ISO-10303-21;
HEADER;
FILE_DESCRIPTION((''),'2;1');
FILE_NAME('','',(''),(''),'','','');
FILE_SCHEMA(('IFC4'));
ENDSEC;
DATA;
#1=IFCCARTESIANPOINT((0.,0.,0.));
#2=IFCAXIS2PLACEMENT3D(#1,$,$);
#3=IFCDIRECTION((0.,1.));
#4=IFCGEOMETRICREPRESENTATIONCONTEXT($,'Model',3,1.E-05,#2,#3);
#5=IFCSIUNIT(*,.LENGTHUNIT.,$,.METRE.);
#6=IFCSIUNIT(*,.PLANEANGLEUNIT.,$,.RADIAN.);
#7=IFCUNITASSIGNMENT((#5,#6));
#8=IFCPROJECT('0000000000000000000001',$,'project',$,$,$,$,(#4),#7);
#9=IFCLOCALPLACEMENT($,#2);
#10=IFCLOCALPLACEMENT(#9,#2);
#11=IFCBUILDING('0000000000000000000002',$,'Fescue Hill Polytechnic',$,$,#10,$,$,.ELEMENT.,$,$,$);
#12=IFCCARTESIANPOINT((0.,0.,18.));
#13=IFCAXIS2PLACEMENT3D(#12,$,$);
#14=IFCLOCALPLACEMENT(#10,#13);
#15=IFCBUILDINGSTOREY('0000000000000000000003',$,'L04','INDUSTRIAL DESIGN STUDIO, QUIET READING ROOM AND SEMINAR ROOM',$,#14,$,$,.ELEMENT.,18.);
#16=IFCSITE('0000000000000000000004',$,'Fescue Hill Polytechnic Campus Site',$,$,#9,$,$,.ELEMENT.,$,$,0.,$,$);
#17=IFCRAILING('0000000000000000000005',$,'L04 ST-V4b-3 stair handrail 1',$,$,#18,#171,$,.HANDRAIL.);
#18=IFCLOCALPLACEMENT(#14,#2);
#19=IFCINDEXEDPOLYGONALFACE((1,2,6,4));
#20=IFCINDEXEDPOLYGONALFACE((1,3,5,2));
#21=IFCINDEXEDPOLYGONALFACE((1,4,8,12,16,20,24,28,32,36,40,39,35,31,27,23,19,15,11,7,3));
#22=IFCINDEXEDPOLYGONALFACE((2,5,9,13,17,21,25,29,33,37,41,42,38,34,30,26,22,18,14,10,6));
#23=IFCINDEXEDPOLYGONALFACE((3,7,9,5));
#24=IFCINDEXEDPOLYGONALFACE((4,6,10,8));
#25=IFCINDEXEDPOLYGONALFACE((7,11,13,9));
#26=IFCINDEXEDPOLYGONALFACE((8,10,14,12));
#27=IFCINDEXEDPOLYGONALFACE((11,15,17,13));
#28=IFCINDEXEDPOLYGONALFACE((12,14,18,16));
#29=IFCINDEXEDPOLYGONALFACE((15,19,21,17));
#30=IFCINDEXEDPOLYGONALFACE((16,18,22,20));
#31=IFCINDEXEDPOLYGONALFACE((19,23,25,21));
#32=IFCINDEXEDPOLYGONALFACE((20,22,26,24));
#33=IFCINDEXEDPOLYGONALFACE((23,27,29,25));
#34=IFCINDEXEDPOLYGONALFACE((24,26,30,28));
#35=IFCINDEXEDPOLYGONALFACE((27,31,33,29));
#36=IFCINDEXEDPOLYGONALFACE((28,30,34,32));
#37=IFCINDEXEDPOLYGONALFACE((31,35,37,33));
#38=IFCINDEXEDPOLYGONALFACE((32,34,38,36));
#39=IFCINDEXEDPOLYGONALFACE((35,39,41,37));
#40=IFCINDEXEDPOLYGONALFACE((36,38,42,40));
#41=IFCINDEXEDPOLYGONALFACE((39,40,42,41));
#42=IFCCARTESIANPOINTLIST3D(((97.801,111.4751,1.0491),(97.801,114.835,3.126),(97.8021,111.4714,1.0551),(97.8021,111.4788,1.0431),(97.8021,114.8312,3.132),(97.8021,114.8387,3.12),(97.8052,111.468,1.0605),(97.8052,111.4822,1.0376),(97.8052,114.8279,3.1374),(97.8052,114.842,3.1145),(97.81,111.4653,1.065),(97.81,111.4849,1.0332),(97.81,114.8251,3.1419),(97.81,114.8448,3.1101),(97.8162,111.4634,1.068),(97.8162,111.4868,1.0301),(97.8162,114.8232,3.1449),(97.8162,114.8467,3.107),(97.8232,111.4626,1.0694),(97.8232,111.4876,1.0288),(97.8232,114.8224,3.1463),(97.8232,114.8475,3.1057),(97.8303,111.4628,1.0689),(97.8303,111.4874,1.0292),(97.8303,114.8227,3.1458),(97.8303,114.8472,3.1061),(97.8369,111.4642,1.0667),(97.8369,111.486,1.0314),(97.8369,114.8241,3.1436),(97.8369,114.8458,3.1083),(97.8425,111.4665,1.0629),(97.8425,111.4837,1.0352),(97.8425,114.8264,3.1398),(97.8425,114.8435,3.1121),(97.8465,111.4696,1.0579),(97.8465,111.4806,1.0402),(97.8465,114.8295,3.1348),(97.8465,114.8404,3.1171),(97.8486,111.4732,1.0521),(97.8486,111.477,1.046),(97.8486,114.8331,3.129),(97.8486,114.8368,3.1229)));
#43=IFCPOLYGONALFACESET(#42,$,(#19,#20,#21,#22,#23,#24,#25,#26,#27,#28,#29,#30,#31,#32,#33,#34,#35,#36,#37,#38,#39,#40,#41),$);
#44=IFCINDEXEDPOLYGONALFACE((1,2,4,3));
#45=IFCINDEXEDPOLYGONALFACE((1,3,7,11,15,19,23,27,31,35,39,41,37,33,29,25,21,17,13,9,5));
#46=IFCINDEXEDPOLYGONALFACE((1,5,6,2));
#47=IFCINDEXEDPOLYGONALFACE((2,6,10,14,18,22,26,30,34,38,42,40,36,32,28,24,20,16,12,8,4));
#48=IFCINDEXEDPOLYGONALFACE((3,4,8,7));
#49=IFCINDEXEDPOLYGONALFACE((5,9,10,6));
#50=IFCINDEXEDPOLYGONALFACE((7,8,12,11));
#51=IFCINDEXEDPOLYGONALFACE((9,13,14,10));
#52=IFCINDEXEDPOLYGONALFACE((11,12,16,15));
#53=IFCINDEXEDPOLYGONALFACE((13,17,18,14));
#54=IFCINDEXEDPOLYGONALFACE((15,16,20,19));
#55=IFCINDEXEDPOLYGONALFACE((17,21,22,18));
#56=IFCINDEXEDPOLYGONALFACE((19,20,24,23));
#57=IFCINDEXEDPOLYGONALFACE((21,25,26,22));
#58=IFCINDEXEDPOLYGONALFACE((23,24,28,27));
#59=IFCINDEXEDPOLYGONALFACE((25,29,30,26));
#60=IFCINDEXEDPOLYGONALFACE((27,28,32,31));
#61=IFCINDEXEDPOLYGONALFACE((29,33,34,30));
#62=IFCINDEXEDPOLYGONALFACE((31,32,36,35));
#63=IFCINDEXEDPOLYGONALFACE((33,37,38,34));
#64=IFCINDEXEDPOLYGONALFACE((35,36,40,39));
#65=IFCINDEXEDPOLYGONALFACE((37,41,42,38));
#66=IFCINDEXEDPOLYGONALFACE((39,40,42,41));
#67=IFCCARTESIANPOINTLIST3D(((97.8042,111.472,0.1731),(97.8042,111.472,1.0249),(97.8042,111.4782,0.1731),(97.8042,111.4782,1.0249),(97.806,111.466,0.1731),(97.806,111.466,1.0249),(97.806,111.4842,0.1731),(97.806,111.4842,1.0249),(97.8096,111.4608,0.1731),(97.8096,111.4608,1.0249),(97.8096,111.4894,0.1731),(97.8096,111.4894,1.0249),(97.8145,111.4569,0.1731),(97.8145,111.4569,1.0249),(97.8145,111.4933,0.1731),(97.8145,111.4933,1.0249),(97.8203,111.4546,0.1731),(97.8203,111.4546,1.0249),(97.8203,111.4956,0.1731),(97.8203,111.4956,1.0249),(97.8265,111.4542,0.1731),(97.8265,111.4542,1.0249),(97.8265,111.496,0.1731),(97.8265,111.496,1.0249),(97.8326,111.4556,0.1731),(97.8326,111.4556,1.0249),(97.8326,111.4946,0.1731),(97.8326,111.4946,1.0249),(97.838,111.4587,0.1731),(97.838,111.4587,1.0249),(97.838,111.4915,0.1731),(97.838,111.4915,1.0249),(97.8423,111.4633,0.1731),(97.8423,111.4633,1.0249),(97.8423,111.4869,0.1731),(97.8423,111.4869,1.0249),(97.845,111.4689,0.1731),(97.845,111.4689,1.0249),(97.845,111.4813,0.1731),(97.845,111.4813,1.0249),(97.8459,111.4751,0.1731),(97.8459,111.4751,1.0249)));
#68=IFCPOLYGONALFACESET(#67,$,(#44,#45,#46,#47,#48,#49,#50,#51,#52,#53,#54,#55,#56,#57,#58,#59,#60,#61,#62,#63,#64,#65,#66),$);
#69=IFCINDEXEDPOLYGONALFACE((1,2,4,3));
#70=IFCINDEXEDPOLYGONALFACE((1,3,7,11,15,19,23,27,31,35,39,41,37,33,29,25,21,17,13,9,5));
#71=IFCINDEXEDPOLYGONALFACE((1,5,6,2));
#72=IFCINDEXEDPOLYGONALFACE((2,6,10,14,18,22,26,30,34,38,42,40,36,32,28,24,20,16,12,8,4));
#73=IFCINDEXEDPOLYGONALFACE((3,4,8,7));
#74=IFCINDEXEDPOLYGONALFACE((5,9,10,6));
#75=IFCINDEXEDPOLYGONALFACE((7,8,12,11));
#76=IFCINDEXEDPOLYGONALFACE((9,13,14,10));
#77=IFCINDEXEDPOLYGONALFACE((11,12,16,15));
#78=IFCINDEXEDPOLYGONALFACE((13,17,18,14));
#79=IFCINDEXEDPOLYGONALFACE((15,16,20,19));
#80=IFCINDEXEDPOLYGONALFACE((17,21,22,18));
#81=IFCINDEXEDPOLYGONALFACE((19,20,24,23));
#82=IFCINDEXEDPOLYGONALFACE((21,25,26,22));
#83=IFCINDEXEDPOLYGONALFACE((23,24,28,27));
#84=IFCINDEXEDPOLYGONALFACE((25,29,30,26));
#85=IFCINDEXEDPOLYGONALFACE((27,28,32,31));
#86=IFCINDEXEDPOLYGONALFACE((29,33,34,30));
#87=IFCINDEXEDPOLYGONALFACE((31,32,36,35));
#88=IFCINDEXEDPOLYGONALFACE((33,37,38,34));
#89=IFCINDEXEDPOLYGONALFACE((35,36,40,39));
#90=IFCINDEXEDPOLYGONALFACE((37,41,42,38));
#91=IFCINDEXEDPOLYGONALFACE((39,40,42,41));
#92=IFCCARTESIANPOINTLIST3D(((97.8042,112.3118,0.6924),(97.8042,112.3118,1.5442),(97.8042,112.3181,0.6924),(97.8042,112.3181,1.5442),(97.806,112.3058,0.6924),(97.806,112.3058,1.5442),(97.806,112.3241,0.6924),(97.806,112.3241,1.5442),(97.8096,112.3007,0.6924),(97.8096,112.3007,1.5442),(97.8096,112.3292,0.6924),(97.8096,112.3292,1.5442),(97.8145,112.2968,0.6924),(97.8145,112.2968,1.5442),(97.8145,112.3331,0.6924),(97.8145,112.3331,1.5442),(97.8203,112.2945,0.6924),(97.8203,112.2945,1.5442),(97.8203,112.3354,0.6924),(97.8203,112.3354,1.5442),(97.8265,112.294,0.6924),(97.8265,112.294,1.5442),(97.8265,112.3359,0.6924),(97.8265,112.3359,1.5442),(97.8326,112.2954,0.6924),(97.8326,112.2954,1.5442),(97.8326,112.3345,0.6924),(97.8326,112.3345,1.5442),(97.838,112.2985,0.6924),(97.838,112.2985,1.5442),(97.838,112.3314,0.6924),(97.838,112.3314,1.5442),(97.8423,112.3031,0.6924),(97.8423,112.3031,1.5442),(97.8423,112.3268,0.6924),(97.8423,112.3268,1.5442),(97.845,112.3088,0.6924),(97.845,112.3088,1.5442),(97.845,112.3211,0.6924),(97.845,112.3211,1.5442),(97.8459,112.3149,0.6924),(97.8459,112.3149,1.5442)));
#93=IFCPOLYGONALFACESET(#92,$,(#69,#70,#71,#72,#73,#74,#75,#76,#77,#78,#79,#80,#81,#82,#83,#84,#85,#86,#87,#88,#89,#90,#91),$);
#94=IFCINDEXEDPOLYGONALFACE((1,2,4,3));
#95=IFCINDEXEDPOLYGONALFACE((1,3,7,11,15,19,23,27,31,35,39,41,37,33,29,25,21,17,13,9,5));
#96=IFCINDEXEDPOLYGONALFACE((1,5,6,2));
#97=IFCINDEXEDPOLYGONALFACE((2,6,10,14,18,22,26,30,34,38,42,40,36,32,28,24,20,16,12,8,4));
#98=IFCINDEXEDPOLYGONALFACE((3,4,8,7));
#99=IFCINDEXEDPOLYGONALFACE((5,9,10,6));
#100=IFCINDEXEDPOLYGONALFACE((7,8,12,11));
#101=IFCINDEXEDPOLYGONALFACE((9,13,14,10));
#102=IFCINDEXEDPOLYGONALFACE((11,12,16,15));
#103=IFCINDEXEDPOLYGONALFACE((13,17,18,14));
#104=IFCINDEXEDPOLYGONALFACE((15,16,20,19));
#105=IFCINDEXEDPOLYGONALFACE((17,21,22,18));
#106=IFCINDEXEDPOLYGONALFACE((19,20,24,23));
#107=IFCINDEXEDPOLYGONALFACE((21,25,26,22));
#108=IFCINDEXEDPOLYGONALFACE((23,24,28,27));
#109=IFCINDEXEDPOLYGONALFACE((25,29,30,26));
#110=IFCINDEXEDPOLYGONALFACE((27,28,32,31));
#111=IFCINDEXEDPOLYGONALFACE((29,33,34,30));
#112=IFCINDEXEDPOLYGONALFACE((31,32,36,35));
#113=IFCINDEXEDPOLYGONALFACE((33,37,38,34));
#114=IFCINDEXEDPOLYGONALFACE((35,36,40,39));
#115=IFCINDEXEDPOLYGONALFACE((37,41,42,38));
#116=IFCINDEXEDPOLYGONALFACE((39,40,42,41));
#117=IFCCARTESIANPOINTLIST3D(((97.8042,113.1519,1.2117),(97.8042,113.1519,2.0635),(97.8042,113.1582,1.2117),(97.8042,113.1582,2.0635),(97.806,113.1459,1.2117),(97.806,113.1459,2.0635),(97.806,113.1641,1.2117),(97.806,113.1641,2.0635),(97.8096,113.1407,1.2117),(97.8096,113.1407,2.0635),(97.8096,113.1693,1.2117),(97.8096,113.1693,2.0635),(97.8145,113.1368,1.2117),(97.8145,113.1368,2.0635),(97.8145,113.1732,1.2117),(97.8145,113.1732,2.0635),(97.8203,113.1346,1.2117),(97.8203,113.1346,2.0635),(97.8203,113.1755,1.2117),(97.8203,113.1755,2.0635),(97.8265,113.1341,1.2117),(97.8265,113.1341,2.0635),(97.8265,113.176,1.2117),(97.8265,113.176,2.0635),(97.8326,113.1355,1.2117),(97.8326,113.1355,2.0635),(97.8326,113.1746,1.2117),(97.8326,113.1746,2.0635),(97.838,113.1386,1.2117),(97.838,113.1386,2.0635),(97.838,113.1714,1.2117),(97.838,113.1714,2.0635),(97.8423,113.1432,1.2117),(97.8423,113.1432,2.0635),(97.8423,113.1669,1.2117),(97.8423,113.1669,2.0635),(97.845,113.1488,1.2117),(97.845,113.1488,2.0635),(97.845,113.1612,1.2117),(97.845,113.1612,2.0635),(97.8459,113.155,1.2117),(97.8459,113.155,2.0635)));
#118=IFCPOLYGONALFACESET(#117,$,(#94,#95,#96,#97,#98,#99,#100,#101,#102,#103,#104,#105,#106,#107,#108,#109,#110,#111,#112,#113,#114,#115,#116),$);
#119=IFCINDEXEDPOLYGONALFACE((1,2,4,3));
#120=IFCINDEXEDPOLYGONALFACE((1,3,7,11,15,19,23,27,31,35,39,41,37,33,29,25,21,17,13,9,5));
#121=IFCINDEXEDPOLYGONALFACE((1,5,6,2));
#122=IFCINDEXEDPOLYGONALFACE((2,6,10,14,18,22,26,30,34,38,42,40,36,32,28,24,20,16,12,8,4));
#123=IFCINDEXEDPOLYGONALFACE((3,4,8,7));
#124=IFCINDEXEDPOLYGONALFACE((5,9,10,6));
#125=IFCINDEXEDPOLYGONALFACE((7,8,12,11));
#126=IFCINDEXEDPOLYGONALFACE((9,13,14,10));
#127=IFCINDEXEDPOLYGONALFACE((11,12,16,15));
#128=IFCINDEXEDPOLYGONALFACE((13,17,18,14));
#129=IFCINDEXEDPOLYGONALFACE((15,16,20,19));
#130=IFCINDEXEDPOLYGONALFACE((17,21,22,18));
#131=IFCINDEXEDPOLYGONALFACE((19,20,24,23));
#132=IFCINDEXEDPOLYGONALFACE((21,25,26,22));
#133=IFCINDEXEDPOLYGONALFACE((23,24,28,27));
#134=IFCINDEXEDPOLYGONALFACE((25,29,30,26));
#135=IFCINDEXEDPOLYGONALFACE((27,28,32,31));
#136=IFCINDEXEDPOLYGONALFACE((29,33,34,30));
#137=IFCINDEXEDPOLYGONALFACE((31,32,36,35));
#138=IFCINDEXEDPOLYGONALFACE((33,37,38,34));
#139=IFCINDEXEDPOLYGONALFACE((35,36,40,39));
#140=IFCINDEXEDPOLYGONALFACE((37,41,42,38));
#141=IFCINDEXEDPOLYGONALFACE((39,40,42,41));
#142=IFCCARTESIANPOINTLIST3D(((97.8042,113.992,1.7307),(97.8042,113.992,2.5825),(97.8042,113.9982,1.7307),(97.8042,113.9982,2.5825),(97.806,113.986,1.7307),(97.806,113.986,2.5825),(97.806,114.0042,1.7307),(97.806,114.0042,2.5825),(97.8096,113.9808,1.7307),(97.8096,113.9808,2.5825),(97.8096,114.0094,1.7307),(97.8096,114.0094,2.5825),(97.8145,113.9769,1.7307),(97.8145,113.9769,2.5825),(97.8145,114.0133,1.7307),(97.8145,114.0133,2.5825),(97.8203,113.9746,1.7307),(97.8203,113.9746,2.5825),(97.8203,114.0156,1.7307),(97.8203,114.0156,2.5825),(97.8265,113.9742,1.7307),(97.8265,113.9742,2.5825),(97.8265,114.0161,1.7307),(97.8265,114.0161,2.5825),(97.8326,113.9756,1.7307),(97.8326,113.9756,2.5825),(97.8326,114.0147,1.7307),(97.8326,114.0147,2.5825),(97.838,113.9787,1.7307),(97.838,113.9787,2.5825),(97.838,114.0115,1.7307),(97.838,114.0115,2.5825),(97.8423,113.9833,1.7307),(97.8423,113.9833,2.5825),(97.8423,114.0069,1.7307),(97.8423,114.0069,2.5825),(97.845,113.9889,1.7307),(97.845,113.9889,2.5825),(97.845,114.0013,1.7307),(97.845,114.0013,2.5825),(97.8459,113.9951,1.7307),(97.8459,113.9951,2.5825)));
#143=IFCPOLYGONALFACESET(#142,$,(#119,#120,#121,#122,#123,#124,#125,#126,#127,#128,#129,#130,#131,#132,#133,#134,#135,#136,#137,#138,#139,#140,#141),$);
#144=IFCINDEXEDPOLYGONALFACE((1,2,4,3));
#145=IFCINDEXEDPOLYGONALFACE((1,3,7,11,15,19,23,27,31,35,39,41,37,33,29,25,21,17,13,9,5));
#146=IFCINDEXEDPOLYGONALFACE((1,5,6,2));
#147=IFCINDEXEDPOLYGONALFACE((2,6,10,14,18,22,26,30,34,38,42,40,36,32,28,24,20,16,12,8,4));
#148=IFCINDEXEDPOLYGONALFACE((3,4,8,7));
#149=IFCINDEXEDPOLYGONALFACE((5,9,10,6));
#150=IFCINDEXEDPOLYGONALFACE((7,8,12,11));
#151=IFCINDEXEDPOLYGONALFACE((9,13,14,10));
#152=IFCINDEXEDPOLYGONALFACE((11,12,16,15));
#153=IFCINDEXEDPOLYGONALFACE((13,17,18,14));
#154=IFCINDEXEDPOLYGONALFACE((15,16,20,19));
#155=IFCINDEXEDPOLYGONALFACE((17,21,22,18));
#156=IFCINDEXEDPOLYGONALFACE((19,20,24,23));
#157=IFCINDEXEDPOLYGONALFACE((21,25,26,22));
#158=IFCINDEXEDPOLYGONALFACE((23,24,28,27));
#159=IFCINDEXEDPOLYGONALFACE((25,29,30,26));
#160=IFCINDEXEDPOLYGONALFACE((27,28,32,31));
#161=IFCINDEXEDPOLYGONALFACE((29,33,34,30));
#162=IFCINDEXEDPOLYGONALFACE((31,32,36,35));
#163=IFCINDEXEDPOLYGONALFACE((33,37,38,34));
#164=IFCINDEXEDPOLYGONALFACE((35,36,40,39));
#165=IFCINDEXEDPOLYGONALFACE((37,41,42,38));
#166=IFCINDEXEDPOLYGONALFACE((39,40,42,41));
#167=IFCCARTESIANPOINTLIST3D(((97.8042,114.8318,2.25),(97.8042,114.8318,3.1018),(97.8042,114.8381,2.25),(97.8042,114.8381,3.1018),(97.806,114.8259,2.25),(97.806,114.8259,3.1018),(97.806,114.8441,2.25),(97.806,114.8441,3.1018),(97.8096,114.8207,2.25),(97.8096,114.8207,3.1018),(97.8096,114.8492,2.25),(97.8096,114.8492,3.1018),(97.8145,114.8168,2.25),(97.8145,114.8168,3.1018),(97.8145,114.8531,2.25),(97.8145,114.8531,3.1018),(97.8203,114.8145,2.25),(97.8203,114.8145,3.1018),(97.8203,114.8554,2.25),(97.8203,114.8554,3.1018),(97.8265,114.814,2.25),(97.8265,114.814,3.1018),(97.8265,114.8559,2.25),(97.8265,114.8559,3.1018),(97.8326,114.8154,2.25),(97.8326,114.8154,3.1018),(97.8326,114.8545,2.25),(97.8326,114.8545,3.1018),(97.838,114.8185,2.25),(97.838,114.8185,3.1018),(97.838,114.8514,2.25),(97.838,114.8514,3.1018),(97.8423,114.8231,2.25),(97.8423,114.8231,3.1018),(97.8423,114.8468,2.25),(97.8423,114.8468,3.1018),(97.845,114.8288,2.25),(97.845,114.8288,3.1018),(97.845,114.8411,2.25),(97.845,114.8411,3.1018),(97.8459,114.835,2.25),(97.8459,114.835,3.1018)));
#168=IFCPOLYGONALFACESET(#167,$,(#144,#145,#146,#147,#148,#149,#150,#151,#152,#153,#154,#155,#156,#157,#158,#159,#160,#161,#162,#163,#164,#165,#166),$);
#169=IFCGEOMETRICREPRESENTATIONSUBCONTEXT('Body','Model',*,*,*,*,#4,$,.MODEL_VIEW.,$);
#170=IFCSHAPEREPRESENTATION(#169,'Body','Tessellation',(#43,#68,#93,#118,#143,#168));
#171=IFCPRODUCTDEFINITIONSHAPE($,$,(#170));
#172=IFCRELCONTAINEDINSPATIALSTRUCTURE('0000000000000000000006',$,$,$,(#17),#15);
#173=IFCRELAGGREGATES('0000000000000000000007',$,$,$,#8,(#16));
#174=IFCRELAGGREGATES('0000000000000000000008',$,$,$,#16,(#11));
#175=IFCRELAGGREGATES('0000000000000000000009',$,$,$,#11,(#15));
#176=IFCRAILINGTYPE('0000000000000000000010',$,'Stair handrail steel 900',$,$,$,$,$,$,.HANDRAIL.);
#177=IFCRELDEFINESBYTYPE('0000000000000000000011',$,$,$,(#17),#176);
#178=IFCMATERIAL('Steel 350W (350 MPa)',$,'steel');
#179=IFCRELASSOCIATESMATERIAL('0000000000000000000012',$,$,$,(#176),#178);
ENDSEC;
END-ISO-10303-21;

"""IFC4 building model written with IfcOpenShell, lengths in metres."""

from ifc_helpers import new_model, si_unit, direction, frame, origin, origin_2d, place, context, subcontext, project, spatial, circle, extrude, material, type_object, element, save


model = new_model("IFC4")

# Units and contexts
model_context = context("Model", 3, precision=1e-05, world=origin(), true_north=direction((0.0, 1.0)))
body_context = subcontext(model_context, "Body", "Model", "MODEL_VIEW")
ifc_project = project(units=[si_unit("LENGTHUNIT", "METRE"), si_unit("PLANEANGLEUNIT", "RADIAN")], contexts=[model_context])

# Site, building, storey
site_placement = place(None, origin())
site = spatial("IfcSite", under=ifc_project, at=site_placement, Name="Fescue Hill Polytechnic Campus Site", CompositionType="ELEMENT", RefElevation=0.0)
building_placement = place(site_placement, origin())
building = spatial("IfcBuilding", under=site, at=building_placement, Name="Fescue Hill Polytechnic", CompositionType="ELEMENT")
storey_placement = place(building_placement, frame((0.0, 0.0, 18.0)))
storey = spatial("IfcBuildingStorey", under=building, at=storey_placement, Name="L04", Description="INDUSTRIAL DESIGN STUDIO, QUIET READING ROOM AND SEMINAR ROOM", CompositionType="ELEMENT", Elevation=18.0)

# Railing
ifc_material_1 = material(Name="Steel 350W (350 MPa)", Category="steel")
railing_type_1 = type_object("IfcRailingType", Name="Stair handrail steel 900", PredefinedType="HANDRAIL", material=ifc_material_1)
for number, where, name in (
    (1, (97.825, 111.4751, 0.1731), "L04 ST-V4b-3 stair handrail 1"),
):
    element("IfcRailing", number, at=place(storey_placement, frame(where)), inside=storey, type_object=railing_type_1, Name=name, PredefinedType="HANDRAIL", context=body_context, shape_type="SweptSolid", body=[
        extrude(circle(Radius=0.0239, at=origin_2d()), frame((0.0, 0.0, 0.876), z_axis=(0.0, 0.850606, 0.525803), x_axis=(-1.0, 0.0, 0.0)), (0.0, 0.0, 1.0), 3.95),
        extrude(circle(Radius=0.021, at=origin_2d()), origin(), (0.0, 0.0, 1.0), 0.8518),
        extrude(circle(Radius=0.021, at=origin_2d()), frame((0.0, 0.8398, 0.5193)), (0.0, 0.0, 1.0), 0.8518),
        extrude(circle(Radius=0.021, at=origin_2d()), frame((0.0, 1.6799, 1.0386)), (0.0, 0.0, 1.0), 0.8518),
        extrude(circle(Radius=0.021, at=origin_2d()), frame((0.0, 2.52, 1.5576)), (0.0, 0.0, 1.0), 0.8518),
        extrude(circle(Radius=0.021, at=origin_2d()), frame((0.0, 3.3599, 2.0769)), (0.0, 0.0, 1.0), 0.8518),
    ])

save(model, "model.ifc")
